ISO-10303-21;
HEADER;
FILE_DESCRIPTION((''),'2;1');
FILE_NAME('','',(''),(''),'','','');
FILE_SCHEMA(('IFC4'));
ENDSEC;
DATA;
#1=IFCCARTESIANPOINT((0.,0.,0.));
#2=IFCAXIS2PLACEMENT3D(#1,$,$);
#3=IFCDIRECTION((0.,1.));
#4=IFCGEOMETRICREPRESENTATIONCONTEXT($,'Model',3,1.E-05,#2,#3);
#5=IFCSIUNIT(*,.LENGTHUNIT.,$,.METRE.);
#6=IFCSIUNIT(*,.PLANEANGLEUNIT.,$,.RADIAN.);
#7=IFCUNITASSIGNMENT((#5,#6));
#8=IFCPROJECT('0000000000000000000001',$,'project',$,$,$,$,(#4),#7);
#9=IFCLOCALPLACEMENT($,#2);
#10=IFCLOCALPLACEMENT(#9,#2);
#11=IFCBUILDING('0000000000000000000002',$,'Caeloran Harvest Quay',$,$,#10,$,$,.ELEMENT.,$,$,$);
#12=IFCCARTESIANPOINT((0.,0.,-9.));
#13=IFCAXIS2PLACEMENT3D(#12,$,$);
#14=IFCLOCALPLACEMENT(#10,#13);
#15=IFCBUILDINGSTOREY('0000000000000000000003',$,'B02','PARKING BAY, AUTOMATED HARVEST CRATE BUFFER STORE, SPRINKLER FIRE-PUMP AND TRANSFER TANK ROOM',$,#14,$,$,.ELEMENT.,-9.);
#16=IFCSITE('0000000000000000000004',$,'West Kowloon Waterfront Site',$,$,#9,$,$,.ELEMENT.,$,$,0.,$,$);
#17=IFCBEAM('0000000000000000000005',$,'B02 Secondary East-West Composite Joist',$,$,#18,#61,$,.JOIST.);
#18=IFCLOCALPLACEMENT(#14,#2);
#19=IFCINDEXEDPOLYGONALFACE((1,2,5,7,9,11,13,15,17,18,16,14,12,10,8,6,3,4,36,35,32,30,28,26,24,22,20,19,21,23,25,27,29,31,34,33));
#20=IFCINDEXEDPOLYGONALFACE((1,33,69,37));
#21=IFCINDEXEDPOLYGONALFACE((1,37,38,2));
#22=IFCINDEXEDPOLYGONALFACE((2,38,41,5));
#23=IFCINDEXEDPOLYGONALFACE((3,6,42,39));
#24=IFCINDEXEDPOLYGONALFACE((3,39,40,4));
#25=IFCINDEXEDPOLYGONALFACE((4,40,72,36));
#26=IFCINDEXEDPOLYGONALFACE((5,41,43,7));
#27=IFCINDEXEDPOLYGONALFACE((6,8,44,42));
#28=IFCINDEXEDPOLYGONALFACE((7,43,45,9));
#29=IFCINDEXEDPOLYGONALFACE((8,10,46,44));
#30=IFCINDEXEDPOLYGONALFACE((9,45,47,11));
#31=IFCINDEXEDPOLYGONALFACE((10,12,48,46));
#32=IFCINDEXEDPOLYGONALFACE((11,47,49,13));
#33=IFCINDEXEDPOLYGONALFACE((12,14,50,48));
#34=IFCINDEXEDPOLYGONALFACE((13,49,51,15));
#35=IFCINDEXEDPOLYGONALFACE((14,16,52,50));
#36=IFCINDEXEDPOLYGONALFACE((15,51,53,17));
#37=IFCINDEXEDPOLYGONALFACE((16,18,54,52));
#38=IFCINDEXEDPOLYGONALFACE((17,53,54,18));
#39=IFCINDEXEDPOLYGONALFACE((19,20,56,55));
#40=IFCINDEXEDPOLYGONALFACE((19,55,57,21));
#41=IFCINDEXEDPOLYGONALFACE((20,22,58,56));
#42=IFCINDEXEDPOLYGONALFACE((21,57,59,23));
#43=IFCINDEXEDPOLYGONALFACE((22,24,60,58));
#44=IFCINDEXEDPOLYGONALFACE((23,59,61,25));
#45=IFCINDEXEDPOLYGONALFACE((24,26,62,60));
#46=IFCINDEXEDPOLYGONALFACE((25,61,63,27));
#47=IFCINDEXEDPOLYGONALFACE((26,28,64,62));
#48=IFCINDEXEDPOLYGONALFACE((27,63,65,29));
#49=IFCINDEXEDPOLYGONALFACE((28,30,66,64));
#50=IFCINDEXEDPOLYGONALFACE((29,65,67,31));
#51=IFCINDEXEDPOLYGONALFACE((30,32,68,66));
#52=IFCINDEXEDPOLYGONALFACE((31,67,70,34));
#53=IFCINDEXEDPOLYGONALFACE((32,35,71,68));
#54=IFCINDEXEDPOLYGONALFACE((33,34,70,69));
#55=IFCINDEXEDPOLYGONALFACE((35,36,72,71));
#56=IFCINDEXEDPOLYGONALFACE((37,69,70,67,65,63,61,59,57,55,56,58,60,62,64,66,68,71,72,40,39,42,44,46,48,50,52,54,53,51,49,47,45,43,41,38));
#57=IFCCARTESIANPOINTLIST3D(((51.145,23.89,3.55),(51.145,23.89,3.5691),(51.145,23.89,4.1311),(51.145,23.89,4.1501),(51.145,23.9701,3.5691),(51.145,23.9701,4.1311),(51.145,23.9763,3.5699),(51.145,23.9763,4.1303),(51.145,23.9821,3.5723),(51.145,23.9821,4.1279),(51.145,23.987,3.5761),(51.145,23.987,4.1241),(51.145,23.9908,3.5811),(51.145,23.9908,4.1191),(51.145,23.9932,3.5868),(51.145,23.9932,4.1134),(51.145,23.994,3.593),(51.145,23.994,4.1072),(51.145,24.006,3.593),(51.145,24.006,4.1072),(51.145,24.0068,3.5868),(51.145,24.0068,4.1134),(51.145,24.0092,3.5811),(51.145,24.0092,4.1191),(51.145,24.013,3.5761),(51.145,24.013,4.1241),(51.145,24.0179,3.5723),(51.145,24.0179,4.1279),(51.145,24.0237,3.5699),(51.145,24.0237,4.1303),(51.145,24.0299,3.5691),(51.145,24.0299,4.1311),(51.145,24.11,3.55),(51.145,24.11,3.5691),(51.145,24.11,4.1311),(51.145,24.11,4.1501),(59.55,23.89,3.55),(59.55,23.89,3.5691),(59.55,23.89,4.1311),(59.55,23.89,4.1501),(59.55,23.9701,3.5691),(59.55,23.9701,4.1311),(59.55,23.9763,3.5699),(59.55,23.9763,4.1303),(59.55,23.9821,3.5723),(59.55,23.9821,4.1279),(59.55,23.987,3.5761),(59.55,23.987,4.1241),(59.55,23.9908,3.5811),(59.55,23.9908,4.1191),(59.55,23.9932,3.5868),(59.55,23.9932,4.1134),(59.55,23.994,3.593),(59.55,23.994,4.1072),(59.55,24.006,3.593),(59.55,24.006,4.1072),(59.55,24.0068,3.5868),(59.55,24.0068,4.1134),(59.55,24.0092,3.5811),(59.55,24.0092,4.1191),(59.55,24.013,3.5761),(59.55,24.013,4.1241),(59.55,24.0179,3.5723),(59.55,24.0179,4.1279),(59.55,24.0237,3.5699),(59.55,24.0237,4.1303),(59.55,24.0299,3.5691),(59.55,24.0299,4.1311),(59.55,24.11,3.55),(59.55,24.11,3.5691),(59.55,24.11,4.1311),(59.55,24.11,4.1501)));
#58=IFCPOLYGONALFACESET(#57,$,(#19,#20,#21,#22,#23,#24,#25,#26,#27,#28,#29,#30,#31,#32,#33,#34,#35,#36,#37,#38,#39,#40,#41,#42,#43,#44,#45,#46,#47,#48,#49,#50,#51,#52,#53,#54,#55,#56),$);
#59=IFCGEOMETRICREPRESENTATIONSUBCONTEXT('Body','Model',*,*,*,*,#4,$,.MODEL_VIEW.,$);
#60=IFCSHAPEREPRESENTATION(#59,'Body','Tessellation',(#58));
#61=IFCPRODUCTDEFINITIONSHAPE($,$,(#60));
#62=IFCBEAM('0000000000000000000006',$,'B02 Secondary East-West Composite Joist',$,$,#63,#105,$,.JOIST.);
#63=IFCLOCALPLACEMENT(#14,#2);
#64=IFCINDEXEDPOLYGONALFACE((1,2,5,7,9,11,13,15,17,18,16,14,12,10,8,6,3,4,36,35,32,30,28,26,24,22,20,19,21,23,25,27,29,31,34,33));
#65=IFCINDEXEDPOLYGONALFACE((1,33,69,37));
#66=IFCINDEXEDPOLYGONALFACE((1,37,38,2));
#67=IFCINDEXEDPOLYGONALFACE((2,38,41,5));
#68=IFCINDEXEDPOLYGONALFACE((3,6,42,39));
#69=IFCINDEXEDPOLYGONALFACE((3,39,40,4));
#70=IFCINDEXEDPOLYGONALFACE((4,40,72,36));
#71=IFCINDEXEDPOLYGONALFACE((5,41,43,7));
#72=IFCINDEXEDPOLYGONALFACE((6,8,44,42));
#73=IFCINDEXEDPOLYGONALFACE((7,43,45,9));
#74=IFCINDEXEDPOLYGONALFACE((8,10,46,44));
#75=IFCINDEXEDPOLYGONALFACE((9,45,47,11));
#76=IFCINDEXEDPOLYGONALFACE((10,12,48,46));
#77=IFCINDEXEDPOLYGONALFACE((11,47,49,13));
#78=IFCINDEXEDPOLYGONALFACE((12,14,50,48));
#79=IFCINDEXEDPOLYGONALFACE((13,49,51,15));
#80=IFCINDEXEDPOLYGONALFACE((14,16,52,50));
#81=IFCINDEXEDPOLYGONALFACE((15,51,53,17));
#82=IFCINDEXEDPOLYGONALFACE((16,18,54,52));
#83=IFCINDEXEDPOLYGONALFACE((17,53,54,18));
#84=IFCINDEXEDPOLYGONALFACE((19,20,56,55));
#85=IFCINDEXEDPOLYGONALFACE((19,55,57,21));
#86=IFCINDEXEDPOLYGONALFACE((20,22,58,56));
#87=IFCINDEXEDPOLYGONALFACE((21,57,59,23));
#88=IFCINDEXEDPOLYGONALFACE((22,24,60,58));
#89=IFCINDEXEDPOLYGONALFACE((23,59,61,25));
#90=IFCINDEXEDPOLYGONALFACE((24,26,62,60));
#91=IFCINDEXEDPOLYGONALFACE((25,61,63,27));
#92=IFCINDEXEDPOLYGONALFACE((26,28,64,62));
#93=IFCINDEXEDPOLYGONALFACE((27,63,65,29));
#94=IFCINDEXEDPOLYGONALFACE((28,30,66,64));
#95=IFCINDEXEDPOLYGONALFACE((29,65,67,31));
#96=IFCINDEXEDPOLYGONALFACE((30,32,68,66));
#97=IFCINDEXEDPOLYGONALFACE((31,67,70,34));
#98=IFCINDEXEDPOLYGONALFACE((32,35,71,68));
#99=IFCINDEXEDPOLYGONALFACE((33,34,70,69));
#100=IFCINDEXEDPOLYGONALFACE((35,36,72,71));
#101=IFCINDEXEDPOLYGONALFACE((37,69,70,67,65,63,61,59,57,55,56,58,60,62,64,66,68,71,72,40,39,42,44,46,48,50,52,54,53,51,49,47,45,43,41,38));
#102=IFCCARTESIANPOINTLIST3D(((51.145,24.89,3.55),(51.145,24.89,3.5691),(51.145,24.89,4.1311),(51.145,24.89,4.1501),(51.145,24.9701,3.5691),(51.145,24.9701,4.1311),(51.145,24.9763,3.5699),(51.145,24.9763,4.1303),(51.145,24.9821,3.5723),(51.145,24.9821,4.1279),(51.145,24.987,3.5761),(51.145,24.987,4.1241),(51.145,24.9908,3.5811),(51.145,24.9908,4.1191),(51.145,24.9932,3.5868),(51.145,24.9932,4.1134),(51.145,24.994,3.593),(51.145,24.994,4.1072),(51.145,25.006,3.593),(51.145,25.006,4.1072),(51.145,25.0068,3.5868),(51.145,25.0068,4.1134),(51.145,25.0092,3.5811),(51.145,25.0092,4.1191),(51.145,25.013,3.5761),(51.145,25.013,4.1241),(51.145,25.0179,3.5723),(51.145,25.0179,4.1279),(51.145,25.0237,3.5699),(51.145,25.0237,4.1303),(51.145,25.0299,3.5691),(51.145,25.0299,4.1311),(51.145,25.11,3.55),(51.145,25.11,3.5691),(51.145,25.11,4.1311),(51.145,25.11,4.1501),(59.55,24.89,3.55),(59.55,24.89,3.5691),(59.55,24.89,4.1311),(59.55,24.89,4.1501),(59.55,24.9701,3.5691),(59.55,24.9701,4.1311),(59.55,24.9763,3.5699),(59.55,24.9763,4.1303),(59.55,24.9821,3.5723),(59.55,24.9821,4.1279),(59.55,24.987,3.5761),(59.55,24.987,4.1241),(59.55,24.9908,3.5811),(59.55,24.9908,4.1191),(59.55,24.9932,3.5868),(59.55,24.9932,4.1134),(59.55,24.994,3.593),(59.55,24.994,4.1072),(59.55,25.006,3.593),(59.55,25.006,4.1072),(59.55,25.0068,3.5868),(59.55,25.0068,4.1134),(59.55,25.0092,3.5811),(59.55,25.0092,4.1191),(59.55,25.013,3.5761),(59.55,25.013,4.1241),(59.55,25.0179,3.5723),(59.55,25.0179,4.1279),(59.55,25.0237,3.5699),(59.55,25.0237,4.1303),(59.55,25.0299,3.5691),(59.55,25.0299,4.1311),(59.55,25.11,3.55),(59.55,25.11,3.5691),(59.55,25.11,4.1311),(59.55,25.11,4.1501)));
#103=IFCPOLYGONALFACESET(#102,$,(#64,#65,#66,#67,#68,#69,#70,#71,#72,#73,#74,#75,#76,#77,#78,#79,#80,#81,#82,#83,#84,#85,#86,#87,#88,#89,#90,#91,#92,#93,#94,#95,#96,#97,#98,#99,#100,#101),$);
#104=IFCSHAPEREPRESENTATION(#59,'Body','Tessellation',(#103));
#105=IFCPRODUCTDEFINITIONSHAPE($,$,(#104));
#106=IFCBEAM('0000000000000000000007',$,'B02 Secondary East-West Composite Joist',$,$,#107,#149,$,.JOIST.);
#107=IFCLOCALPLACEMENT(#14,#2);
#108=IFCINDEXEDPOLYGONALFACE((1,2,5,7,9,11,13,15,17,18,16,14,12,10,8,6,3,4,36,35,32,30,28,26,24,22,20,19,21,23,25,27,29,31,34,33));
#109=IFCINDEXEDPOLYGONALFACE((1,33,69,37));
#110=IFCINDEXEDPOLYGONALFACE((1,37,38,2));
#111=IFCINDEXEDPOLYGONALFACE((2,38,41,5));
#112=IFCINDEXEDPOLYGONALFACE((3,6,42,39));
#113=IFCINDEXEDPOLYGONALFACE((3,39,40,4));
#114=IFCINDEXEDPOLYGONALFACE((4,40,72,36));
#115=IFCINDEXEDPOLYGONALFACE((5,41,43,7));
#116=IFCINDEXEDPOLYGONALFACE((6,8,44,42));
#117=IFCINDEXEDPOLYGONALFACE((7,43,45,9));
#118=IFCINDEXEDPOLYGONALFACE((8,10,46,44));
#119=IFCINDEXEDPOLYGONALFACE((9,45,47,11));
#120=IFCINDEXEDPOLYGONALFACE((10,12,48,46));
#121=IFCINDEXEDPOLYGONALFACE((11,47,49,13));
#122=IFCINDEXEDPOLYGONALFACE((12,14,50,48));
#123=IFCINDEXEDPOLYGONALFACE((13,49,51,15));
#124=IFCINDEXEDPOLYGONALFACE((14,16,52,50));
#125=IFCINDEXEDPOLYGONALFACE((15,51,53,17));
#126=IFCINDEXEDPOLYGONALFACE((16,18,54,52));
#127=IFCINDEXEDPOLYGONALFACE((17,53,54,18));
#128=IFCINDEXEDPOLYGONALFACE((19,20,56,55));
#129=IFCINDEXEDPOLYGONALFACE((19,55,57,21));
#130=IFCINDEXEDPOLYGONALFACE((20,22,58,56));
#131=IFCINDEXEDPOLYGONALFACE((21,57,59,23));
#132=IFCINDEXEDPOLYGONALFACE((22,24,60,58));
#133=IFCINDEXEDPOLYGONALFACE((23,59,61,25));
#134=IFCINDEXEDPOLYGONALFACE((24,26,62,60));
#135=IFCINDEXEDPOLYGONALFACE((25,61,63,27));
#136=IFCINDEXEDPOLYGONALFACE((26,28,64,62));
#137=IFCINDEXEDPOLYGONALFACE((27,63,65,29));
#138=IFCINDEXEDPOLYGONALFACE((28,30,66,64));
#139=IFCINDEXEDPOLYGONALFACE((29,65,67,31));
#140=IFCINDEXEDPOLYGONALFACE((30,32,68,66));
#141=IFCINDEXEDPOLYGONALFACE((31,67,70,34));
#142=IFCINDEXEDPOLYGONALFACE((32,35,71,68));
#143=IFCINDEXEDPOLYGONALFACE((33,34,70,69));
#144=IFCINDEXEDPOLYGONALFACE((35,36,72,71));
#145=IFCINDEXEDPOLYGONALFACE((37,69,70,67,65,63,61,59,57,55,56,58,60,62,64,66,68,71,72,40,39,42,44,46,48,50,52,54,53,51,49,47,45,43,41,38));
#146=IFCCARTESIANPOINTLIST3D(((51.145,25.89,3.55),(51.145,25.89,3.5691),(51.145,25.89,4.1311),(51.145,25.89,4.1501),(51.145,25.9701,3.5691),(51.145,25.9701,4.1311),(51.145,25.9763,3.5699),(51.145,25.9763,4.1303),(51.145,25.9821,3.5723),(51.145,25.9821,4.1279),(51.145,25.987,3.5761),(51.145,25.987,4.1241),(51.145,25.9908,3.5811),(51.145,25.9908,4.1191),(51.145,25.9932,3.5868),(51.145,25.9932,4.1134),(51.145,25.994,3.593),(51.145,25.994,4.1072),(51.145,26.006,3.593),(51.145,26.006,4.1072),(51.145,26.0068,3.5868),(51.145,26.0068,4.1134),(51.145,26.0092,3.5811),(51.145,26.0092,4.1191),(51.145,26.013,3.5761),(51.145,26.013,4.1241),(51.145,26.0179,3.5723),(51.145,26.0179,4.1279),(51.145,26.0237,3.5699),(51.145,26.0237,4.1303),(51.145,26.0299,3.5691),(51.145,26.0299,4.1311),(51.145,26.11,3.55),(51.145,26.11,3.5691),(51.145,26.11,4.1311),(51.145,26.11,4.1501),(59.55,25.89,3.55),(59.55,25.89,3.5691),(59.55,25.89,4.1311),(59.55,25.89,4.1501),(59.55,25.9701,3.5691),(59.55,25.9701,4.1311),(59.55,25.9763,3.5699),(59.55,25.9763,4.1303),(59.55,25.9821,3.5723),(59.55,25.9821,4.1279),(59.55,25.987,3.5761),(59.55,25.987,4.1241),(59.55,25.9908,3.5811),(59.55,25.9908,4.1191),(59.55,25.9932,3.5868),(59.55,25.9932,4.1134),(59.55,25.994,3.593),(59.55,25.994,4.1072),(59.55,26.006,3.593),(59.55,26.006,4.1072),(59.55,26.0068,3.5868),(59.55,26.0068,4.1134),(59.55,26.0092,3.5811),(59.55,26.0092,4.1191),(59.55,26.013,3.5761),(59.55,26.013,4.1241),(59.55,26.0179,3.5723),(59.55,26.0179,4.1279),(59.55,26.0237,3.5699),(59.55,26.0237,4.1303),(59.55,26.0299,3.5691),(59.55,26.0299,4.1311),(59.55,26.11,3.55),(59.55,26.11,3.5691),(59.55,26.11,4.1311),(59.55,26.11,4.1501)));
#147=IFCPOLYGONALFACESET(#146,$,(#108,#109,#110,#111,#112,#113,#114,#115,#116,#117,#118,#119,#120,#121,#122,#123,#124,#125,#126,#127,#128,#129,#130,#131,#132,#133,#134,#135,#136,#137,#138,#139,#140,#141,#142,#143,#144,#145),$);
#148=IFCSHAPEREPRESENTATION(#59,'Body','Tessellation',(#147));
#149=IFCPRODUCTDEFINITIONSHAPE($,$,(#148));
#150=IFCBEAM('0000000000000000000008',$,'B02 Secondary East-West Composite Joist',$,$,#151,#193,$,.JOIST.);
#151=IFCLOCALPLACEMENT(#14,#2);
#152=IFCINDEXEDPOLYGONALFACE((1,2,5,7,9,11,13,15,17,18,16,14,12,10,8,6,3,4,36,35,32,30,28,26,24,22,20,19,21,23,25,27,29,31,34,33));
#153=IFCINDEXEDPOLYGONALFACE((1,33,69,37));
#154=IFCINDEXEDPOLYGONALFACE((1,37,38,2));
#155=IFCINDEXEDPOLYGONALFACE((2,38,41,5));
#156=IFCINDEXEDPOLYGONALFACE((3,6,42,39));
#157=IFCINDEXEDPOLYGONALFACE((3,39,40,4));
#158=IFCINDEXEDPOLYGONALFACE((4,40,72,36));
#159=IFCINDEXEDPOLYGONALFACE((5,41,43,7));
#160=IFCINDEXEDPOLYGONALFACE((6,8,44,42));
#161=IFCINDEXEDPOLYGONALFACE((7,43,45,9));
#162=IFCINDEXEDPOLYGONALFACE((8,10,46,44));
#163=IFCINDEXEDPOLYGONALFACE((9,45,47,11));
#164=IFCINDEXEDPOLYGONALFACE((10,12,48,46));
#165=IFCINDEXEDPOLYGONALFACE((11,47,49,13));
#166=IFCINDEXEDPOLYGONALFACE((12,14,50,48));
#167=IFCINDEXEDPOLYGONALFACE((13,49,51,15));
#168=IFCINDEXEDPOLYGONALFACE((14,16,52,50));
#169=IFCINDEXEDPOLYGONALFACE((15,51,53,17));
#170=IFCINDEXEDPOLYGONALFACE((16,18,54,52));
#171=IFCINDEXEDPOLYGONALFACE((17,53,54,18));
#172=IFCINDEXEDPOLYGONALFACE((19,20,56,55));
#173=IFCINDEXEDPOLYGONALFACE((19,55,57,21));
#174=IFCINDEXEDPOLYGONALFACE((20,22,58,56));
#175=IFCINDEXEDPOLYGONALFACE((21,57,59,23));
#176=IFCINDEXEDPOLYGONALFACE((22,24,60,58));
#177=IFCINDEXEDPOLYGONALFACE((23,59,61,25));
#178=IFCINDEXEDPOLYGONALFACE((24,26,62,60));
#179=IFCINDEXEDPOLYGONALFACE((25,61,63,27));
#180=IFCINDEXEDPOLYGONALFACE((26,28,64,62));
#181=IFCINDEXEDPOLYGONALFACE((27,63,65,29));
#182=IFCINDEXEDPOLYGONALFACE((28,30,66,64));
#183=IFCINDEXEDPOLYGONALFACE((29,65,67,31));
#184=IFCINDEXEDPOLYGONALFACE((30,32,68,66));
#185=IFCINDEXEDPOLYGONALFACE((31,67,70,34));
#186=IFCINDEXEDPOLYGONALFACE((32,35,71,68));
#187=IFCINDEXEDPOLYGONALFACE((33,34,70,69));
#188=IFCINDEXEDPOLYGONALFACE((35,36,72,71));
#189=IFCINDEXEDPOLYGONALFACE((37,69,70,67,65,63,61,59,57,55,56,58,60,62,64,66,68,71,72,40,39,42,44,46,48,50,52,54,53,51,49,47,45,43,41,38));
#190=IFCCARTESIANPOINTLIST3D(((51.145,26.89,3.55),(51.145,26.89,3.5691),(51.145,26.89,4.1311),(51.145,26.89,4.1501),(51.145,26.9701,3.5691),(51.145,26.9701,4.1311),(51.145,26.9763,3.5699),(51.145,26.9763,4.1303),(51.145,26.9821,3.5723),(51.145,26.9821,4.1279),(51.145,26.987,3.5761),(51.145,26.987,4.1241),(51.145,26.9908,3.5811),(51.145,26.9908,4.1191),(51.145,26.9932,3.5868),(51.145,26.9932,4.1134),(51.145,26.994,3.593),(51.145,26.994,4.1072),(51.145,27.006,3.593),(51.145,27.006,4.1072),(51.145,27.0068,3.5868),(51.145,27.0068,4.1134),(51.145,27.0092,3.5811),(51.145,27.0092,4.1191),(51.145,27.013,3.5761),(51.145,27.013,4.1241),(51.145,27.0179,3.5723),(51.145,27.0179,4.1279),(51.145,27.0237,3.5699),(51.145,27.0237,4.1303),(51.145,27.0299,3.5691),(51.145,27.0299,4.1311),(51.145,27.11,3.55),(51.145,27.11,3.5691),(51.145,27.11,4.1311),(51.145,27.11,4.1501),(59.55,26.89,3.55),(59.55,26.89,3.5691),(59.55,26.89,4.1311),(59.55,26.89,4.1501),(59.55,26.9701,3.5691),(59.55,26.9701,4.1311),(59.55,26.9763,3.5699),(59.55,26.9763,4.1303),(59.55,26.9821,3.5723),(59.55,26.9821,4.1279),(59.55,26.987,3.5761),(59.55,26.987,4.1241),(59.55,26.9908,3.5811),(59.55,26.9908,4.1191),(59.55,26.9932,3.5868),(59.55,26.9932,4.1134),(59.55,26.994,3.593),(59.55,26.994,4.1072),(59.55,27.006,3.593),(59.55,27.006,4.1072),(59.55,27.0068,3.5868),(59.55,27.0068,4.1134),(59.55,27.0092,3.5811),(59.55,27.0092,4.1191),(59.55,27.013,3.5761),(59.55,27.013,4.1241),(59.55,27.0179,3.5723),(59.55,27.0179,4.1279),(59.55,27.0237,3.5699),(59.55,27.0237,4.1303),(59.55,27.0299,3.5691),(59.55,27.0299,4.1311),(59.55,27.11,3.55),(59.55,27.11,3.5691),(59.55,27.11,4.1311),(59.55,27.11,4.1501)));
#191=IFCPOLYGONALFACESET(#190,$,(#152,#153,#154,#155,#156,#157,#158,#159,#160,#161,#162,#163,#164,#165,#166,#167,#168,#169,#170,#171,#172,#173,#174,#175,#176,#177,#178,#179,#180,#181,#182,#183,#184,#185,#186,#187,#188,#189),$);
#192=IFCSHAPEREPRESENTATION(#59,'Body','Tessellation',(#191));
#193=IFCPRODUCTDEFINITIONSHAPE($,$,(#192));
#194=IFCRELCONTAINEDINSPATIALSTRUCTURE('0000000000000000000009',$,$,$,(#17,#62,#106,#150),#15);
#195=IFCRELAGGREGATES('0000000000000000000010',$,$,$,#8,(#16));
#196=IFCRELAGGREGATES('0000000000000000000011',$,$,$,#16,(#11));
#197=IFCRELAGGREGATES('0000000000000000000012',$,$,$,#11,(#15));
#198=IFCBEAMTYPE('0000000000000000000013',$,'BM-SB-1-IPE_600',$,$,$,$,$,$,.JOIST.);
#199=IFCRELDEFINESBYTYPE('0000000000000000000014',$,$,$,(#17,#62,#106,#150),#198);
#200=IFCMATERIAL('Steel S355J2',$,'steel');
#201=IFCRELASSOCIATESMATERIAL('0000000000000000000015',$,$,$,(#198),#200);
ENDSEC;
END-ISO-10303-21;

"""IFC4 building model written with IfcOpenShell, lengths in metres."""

from ifc_helpers import new_model, si_unit, direction, frame, origin, origin_2d, place, context, subcontext, project, spatial, i_section, extrude, material, material_profile, profile_set, type_object, element, save


model = new_model("IFC4")

# Units and contexts
model_context = context("Model", 3, precision=1e-05, world=origin(), true_north=direction((0.0, 1.0)))
body_context = subcontext(model_context, "Body", "Model", "MODEL_VIEW")
ifc_project = project(units=[si_unit("LENGTHUNIT", "METRE"), si_unit("PLANEANGLEUNIT", "RADIAN")], contexts=[model_context])

# Site, building, storey
site_placement = place(None, origin())
site = spatial("IfcSite", under=ifc_project, at=site_placement, Name="West Kowloon Waterfront Site", CompositionType="ELEMENT", RefElevation=0.0)
building_placement = place(site_placement, origin())
building = spatial("IfcBuilding", under=site, at=building_placement, Name="Caeloran Harvest Quay", CompositionType="ELEMENT")
storey_placement = place(building_placement, frame((0.0, 0.0, -9.0)))
storey = spatial("IfcBuildingStorey", under=building, at=storey_placement, Name="B02", Description="PARKING BAY, AUTOMATED HARVEST CRATE BUFFER STORE, SPRINKLER FIRE-PUMP AND TRANSFER TANK ROOM", CompositionType="ELEMENT", Elevation=-9.0)

# Beams
ifc_material_1 = material(Name="Steel S355J2", Category="steel")
ifc_material_profile_1 = material_profile(ifc_material_1, i_section(OverallWidth=0.22, OverallDepth=0.6001, WebThickness=0.012, FlangeThickness=0.019, FilletRadius=0.0239, at=origin_2d()), Name="IPE 600")
ifc_profile_set_1 = profile_set([ifc_material_profile_1], Name="Steel S355J2")
beam_type_1 = type_object("IfcBeamType", Name="BM-SB-1-IPE_600", PredefinedType="JOIST", material=ifc_profile_set_1)
for number, where, z_axis, x_axis, name in (
    (1, (51.145, 24.0, 3.8501), (1.0, 0.0, 0.0), (0.0, 1.0, 0.0), "B02 Secondary East-West Composite Joist"),
    (2, (51.145, 25.0, 3.8501), (1.0, 0.0, 0.0), (0.0, 1.0, 0.0), "B02 Secondary East-West Composite Joist"),
    (3, (51.145, 26.0, 3.8501), (1.0, 0.0, 0.0), (0.0, 1.0, 0.0), "B02 Secondary East-West Composite Joist"),
    (4, (51.145, 27.0, 3.8501), (1.0, 0.0, 0.0), (0.0, 1.0, 0.0), "B02 Secondary East-West Composite Joist"),
):
    element("IfcBeam", number, at=place(storey_placement, frame(where, z_axis=z_axis, x_axis=x_axis)), inside=storey, type_object=beam_type_1, Name=name, PredefinedType="JOIST", context=body_context, shape_type="SweptSolid", body=[
        extrude(i_section(OverallWidth=0.22, OverallDepth=0.6001, WebThickness=0.012, FlangeThickness=0.019, FilletRadius=0.0239, at=origin_2d()), origin(), (0.0, 0.0, 1.0), 8.405),
    ])

save(model, "model.ifc")
